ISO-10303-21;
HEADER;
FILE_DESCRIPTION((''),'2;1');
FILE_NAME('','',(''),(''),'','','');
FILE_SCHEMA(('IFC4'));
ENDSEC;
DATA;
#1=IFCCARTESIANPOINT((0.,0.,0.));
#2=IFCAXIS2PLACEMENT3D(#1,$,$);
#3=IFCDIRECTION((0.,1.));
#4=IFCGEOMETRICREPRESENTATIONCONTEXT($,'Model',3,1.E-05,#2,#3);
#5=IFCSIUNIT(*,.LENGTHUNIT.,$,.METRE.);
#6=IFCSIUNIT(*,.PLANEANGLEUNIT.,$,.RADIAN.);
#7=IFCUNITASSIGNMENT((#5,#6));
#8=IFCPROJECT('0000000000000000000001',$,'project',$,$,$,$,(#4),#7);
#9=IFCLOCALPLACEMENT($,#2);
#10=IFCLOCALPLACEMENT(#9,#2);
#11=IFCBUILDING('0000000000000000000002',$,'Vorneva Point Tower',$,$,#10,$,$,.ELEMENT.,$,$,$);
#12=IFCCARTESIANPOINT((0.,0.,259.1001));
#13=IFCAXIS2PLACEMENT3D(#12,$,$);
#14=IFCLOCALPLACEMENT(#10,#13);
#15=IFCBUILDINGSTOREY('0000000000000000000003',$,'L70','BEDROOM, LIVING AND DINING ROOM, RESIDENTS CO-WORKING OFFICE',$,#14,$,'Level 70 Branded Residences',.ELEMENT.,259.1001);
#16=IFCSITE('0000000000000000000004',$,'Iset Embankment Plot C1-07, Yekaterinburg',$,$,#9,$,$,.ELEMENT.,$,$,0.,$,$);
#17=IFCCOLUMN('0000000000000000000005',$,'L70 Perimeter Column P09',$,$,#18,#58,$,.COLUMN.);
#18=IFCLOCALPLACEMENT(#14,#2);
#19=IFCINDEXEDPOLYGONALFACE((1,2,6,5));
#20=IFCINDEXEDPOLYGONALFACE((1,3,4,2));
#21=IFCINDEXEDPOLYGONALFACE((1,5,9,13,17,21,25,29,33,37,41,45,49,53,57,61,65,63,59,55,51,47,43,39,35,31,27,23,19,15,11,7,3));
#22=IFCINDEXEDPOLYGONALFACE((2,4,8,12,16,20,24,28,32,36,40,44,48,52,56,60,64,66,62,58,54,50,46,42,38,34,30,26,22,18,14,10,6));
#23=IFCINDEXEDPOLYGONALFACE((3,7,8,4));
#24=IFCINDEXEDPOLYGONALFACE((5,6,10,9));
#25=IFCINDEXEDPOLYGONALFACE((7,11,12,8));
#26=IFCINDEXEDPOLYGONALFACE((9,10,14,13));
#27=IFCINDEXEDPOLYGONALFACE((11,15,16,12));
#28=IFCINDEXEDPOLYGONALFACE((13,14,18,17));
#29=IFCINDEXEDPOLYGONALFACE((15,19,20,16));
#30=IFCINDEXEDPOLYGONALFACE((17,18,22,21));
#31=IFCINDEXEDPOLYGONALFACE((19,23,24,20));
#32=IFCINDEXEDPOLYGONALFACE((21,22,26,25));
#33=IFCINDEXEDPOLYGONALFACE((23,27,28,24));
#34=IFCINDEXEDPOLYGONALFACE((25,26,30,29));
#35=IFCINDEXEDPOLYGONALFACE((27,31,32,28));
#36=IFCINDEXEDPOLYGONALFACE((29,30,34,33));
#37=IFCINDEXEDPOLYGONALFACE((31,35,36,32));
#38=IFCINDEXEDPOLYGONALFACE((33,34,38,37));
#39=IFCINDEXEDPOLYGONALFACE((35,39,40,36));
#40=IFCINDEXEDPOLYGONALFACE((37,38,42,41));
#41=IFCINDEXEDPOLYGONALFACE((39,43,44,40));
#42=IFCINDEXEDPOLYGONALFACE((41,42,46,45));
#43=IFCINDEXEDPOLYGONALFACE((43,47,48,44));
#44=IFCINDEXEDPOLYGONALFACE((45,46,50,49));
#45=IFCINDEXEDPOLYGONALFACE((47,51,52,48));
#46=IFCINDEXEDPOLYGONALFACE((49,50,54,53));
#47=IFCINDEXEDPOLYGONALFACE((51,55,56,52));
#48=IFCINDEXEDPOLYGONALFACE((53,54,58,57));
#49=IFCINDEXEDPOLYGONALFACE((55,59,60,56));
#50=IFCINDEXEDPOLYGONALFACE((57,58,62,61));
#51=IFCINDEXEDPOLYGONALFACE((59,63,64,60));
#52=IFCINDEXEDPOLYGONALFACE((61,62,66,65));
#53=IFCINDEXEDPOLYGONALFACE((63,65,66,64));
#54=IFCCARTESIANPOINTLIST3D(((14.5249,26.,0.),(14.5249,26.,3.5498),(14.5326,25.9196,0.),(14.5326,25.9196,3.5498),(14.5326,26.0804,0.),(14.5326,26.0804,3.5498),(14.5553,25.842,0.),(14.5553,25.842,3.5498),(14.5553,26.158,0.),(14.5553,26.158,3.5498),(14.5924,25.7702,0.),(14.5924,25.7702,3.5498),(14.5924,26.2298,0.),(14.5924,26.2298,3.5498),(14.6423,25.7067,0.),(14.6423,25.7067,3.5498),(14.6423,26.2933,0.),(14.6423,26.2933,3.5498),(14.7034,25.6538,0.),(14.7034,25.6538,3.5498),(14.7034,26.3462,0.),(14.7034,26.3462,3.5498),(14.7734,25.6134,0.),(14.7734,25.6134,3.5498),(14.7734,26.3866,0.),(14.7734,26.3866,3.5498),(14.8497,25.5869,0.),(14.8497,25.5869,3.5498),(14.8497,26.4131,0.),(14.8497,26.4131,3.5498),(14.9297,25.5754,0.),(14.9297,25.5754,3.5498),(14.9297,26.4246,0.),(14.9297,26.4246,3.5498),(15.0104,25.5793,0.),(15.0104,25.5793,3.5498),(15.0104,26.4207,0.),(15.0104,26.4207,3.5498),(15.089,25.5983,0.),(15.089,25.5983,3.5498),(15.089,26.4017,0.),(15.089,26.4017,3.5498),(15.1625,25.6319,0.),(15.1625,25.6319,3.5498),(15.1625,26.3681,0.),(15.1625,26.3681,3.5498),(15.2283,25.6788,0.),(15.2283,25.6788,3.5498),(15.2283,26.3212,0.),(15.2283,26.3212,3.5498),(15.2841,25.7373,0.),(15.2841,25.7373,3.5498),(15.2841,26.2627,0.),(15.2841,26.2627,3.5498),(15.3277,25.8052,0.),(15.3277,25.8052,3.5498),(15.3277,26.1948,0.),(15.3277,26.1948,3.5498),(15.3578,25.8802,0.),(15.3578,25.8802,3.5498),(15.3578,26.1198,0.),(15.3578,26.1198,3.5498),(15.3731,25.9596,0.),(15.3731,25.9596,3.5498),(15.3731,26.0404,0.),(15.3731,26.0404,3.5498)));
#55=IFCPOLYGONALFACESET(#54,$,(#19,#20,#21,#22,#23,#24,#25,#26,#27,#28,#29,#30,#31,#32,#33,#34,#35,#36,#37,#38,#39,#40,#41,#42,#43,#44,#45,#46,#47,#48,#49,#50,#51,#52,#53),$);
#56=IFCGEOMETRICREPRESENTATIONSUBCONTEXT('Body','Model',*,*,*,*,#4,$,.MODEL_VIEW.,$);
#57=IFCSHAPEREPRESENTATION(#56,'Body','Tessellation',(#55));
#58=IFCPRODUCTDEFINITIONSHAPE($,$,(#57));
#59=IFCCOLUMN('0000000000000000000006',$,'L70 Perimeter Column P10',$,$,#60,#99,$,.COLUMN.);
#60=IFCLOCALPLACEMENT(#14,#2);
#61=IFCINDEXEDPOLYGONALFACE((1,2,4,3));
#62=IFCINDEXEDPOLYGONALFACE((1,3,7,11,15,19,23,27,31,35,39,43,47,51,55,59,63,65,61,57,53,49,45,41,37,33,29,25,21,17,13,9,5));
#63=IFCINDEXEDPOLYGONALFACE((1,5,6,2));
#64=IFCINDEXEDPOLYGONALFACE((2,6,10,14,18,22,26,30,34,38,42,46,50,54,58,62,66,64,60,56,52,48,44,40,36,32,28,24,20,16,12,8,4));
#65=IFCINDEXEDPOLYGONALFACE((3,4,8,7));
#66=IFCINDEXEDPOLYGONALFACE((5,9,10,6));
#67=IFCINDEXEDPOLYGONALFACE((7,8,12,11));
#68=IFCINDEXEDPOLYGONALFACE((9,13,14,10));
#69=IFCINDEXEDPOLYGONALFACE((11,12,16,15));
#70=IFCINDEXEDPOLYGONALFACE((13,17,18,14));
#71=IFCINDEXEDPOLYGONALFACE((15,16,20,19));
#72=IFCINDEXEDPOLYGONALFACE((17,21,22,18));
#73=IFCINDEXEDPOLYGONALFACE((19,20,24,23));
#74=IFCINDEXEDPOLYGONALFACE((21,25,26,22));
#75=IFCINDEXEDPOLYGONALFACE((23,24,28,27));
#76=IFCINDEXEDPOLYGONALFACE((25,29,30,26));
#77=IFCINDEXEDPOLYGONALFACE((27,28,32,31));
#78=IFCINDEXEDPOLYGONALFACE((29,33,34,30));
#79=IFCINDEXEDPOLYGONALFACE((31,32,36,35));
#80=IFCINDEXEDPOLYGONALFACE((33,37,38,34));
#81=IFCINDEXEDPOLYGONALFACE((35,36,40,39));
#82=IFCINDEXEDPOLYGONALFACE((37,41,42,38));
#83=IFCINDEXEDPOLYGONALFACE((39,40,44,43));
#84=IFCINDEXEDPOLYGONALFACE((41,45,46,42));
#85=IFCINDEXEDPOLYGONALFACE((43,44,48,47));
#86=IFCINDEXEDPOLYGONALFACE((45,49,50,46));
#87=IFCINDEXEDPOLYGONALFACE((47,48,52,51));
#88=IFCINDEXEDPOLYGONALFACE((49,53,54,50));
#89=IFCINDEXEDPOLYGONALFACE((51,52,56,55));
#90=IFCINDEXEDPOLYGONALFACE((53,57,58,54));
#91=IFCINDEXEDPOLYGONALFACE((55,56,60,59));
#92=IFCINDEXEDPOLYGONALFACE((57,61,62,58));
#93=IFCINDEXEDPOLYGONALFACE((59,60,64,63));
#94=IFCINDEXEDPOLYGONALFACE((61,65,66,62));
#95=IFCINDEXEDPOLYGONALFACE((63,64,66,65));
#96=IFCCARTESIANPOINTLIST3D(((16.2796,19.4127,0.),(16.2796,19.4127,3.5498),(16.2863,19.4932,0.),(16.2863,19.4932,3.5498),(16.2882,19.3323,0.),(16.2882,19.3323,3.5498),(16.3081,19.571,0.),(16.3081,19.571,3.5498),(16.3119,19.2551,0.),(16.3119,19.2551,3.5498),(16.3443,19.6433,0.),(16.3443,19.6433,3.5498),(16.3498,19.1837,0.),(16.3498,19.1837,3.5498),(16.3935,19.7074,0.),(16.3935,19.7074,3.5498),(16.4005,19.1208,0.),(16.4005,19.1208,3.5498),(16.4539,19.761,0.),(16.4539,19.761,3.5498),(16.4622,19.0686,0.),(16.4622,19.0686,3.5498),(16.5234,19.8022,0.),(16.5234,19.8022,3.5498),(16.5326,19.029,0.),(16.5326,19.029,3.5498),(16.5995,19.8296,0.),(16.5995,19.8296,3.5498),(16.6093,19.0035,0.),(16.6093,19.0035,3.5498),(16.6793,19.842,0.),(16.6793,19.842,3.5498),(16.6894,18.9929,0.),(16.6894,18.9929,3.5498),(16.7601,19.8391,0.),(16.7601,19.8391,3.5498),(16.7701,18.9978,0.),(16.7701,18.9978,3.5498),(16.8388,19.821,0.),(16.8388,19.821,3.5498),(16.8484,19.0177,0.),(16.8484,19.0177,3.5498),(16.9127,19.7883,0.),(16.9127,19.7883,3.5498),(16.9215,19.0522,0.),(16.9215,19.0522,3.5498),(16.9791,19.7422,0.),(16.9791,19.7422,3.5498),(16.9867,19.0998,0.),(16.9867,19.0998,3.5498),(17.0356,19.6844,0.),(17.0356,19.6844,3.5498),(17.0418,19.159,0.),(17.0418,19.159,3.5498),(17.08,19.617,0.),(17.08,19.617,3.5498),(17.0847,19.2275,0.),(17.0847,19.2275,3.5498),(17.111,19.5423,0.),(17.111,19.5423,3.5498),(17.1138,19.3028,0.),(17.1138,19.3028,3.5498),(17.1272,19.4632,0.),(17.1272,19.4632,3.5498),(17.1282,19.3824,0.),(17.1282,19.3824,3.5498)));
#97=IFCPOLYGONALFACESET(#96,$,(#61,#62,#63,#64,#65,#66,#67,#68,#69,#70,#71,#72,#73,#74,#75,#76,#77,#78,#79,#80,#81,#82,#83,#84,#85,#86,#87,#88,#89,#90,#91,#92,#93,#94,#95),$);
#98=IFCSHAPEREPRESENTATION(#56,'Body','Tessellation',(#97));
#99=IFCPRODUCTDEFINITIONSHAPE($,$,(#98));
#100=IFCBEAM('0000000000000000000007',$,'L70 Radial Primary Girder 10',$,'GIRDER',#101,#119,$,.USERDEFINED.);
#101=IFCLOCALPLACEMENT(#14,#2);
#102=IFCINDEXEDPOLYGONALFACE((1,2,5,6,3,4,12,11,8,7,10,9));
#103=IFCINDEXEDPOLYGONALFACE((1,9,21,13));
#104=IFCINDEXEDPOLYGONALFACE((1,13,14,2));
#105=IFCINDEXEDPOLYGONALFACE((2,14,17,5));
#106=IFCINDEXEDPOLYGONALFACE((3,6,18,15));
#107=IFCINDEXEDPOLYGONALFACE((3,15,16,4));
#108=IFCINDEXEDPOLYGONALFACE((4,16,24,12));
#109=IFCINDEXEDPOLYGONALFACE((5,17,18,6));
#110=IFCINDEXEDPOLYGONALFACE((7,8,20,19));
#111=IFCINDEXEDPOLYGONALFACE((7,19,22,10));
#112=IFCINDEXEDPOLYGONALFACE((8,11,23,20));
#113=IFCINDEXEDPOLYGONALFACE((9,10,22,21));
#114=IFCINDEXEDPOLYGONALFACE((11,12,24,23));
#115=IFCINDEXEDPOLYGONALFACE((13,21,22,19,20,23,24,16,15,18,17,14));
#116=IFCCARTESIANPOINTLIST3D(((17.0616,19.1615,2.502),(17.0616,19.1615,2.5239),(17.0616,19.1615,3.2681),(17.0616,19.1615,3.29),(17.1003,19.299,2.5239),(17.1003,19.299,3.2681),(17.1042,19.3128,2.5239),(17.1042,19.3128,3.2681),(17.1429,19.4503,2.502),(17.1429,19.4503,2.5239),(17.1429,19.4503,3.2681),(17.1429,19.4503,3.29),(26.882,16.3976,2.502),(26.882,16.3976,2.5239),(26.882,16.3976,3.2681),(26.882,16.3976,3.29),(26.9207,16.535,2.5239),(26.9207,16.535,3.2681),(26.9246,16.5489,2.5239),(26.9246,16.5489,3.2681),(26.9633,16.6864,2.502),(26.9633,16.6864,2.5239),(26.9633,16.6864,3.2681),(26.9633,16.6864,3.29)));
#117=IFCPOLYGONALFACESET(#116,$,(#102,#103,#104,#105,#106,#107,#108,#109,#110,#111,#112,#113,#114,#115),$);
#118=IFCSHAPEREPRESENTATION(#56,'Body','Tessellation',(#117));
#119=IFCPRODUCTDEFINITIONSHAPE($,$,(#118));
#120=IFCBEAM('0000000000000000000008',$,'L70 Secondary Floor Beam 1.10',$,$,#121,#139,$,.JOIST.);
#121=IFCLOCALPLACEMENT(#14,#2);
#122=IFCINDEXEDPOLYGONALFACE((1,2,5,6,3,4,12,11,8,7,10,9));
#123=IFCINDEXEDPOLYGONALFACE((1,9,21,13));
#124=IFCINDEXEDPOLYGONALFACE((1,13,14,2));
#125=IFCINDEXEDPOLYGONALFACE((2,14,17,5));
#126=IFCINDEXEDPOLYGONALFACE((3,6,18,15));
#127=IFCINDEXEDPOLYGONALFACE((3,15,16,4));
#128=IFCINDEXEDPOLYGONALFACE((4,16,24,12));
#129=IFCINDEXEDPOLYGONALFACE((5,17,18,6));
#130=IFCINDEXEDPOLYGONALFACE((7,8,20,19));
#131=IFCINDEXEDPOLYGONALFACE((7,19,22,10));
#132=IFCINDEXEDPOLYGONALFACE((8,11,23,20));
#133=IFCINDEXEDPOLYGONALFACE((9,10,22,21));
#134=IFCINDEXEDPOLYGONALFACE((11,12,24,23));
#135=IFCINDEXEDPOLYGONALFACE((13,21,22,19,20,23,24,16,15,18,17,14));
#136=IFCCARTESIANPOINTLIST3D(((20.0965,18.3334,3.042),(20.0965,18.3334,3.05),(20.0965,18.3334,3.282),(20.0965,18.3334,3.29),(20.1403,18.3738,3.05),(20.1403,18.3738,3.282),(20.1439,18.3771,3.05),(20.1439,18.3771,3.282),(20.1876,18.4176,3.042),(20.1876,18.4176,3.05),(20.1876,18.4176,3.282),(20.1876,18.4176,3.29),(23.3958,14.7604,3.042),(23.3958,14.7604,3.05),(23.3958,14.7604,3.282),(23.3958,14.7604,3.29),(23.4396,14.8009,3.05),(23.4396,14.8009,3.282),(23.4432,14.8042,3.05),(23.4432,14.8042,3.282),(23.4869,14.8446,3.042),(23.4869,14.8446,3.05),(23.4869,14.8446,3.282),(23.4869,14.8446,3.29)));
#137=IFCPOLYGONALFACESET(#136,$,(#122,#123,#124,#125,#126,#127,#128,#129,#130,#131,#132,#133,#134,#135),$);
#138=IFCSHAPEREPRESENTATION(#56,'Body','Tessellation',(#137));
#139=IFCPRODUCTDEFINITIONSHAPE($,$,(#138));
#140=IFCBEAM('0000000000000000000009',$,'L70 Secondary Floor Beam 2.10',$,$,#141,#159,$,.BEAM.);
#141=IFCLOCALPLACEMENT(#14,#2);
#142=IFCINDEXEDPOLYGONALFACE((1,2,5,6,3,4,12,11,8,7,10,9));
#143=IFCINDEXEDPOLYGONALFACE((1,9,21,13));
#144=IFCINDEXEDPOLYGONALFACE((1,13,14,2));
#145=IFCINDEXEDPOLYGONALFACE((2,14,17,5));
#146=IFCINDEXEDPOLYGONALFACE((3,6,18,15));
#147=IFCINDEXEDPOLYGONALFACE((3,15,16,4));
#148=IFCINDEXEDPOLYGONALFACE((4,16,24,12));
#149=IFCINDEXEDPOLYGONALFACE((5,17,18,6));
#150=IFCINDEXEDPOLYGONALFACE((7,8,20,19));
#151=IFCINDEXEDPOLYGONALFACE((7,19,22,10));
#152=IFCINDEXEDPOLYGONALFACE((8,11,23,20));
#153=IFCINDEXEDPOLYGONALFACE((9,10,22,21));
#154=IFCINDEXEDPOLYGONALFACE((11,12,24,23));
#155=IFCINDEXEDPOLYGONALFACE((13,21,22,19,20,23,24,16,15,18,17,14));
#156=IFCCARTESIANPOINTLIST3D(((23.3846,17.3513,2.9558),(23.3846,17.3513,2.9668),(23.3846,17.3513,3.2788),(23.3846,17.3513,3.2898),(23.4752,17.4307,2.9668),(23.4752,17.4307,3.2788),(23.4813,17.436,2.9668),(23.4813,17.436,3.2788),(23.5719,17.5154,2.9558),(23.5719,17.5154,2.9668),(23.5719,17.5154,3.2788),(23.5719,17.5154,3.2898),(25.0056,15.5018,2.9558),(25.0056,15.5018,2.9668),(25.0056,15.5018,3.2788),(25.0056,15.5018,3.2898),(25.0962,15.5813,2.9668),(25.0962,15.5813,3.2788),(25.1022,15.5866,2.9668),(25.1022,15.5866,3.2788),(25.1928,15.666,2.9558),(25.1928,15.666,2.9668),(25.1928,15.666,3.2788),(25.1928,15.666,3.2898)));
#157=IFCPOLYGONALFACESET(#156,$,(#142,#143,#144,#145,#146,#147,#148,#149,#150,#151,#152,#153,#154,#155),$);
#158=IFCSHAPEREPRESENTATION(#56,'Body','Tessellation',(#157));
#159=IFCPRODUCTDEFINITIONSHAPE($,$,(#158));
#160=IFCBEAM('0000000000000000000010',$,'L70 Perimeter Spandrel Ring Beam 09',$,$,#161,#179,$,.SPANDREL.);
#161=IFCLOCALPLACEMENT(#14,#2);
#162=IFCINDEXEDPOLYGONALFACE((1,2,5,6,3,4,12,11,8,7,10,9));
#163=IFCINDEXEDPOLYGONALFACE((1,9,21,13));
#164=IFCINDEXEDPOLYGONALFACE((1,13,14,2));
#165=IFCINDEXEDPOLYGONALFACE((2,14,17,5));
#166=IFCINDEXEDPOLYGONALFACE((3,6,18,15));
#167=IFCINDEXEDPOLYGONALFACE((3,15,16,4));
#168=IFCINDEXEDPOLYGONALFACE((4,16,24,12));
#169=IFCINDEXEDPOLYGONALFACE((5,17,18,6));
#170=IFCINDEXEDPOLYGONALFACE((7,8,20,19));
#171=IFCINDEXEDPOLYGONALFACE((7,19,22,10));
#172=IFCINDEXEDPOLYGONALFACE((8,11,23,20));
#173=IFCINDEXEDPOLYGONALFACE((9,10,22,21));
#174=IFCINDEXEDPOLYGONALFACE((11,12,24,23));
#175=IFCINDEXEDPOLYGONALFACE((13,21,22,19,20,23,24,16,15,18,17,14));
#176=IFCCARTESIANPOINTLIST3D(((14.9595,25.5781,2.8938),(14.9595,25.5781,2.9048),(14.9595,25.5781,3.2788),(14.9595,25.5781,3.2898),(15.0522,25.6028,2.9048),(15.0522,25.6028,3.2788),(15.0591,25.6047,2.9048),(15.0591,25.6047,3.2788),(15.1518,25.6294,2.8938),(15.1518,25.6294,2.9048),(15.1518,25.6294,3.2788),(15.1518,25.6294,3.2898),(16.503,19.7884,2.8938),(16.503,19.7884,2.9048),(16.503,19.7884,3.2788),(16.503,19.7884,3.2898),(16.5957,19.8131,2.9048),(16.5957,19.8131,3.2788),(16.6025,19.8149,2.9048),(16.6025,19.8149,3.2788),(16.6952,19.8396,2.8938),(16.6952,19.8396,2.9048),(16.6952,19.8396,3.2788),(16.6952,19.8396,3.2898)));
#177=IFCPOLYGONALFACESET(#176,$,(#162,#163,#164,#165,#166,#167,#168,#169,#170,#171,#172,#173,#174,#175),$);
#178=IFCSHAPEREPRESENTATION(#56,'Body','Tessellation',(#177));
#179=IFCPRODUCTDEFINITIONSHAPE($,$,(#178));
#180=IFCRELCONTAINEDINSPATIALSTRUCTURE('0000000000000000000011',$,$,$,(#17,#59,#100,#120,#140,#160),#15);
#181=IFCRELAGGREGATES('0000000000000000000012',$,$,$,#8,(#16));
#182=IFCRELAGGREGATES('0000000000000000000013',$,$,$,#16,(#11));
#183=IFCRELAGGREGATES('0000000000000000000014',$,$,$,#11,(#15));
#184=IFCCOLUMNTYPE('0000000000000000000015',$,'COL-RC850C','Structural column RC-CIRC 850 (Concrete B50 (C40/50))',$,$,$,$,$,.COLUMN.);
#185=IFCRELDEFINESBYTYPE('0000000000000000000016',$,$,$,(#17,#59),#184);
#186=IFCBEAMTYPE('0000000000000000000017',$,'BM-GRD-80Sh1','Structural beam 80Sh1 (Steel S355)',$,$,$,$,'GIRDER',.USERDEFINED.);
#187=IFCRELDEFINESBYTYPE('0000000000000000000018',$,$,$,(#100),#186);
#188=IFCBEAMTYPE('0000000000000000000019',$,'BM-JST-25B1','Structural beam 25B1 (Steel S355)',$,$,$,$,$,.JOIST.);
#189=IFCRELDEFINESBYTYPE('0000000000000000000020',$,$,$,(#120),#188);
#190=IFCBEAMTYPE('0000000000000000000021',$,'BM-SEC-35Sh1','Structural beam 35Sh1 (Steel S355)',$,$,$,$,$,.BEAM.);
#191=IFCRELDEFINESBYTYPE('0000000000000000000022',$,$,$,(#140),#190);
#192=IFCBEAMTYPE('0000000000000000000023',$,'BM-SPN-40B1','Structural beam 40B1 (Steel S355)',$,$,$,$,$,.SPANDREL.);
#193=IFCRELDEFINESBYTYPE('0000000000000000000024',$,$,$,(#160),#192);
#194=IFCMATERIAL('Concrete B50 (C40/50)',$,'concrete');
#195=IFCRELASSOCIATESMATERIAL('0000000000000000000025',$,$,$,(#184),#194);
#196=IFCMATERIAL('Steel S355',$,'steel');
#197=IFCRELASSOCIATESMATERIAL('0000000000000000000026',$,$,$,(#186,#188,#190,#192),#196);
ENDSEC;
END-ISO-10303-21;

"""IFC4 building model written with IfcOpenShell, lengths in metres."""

from ifc_helpers import new_model, si_unit, direction, frame, origin, origin_2d, place, context, subcontext, project, spatial, circle, i_section, extrude, material, material_profile, profile_set, type_object, element, save


model = new_model("IFC4")

# Units and contexts
model_context = context("Model", 3, precision=1e-05, world=origin(), true_north=direction((0.0, 1.0)))
body_context = subcontext(model_context, "Body", "Model", "MODEL_VIEW")
ifc_project = project(units=[si_unit("LENGTHUNIT", "METRE"), si_unit("PLANEANGLEUNIT", "RADIAN")], contexts=[model_context])

# Site, building, storey
site_placement = place(None, origin())
site = spatial("IfcSite", under=ifc_project, at=site_placement, Name="Iset Embankment Plot C1-07, Yekaterinburg", CompositionType="ELEMENT", RefElevation=0.0)
building_placement = place(site_placement, origin())
building = spatial("IfcBuilding", under=site, at=building_placement, Name="Vorneva Point Tower", CompositionType="ELEMENT")
storey_placement = place(building_placement, frame((0.0, 0.0, 259.1001)))
storey = spatial("IfcBuildingStorey", under=building, at=storey_placement, Name="L70", Description="BEDROOM, LIVING AND DINING ROOM, RESIDENTS CO-WORKING OFFICE", LongName="Level 70 Branded Residences", CompositionType="ELEMENT", Elevation=259.1001)

# Columns
ifc_material_1 = material(Name="Concrete B50 (C40/50)", Category="concrete")
ifc_material_profile_1 = material_profile(ifc_material_1, circle(Radius=0.425, at=origin_2d()), Name="RC-CIRC 850")
ifc_profile_set_1 = profile_set([ifc_material_profile_1], Name="Concrete B50 (C40/50)")
column_type = type_object("IfcColumnType", Name="COL-RC850C", Description="Structural column RC-CIRC 850 (Concrete B50 (C40/50))", PredefinedType="COLUMN", material=ifc_profile_set_1)
for number, where, z_axis, x_axis, name in (
    (1, (14.95, 26.0, 0.0), (0.0, 0.0, 1.0), (-1.0, 0.0, 0.0), "L70 Perimeter Column P09"),
    (2, (16.7046, 19.4177, 0.0), (0.0, 0.0, 1.0), (-0.92388, -0.382683, 0.0), "L70 Perimeter Column P10"),
):
    element("IfcColumn", number, at=place(storey_placement, frame(where, z_axis=z_axis, x_axis=x_axis)), inside=storey, type_object=column_type, Name=name, PredefinedType="COLUMN", context=body_context, shape_type="SweptSolid", body=[
        extrude(circle(Radius=0.425, at=origin_2d()), origin(), (0.0, 0.0, 1.0), 3.5498),
    ])

# Beams
ifc_material_2 = material(Name="Steel S355", Category="steel")
ifc_material_profile_2 = material_profile(ifc_material_2, i_section(OverallWidth=0.3, OverallDepth=0.7881, WebThickness=0.0144, FlangeThickness=0.022, at=origin_2d()), Name="80Sh1")
ifc_profile_set_2 = profile_set([ifc_material_profile_2], Name="Steel S355")
beam_type_1 = type_object("IfcBeamType", Name="BM-GRD-80Sh1", Description="Structural beam 80Sh1 (Steel S355)", ElementType="GIRDER", PredefinedType="USERDEFINED", material=ifc_profile_set_2)
beam_1_placement = place(storey_placement, frame((17.1023, 19.3059, 2.896), z_axis=(0.962601, -0.270923, 0.0), x_axis=(0.270923, 0.962601, 0.0)))
element("IfcBeam", 3, at=beam_1_placement, inside=storey, type_object=beam_type_1, Name="L70 Radial Primary Girder 10", ObjectType="GIRDER", PredefinedType="USERDEFINED", context=body_context, shape_type="SweptSolid", body=[
    extrude(i_section(OverallWidth=0.3, OverallDepth=0.7881, WebThickness=0.0144, FlangeThickness=0.022, at=origin_2d()), origin(), (0.0, 0.0, 1.0), 10.2019),
])
ifc_material_profile_3 = material_profile(ifc_material_2, i_section(OverallWidth=0.124, OverallDepth=0.248, WebThickness=0.0049, FlangeThickness=0.0081, at=origin_2d()), Name="25B1")
ifc_profile_set_3 = profile_set([ifc_material_profile_3], Name="Steel S355")
beam_type_2 = type_object("IfcBeamType", Name="BM-JST-25B1", Description="Structural beam 25B1 (Steel S355)", PredefinedType="JOIST", material=ifc_profile_set_3)
beam_2_placement = place(storey_placement, frame((20.1421, 18.3755, 3.166), z_axis=(0.678409, -0.734684, 0.0), x_axis=(0.734684, 0.678409, 0.0)))
element("IfcBeam", 4, at=beam_2_placement, inside=storey, type_object=beam_type_2, Name="L70 Secondary Floor Beam 1.10", PredefinedType="JOIST", context=body_context, shape_type="SweptSolid", body=[
    extrude(i_section(OverallWidth=0.124, OverallDepth=0.248, WebThickness=0.0049, FlangeThickness=0.0081, at=origin_2d()), origin(), (0.0, 0.0, 1.0), 4.8633),
])
ifc_material_profile_4 = material_profile(ifc_material_2, i_section(OverallWidth=0.249, OverallDepth=0.334, WebThickness=0.0081, FlangeThickness=0.011, at=origin_2d()), Name="35Sh1")
ifc_profile_set_4 = profile_set([ifc_material_profile_4], Name="Steel S355")
beam_type_3 = type_object("IfcBeamType", Name="BM-SEC-35Sh1", Description="Structural beam 35Sh1 (Steel S355)", PredefinedType="BEAM", material=ifc_profile_set_4)
beam_3_placement = place(storey_placement, frame((23.4783, 17.4333, 3.1228), z_axis=(0.659116, -0.752041, 0.0), x_axis=(0.752041, 0.659116, 0.0)))
element("IfcBeam", 5, at=beam_3_placement, inside=storey, type_object=beam_type_3, Name="L70 Secondary Floor Beam 2.10", PredefinedType="BEAM", context=body_context, shape_type="SweptSolid", body=[
    extrude(i_section(OverallWidth=0.249, OverallDepth=0.334, WebThickness=0.0081, FlangeThickness=0.011, at=origin_2d()), origin(), (0.0, 0.0, 1.0), 2.4592),
])
ifc_material_profile_5 = material_profile(ifc_material_2, i_section(OverallWidth=0.199, OverallDepth=0.396, WebThickness=0.0071, FlangeThickness=0.011, at=origin_2d()), Name="40B1")
ifc_profile_set_5 = profile_set([ifc_material_profile_5], Name="Steel S355")
beam_type_4 = type_object("IfcBeamType", Name="BM-SPN-40B1", Description="Structural beam 40B1 (Steel S355)", PredefinedType="SPANDREL", material=ifc_profile_set_5)
beam_4_placement = place(storey_placement, frame((15.0557, 25.6038, 3.0918), z_axis=(0.257587, -0.966255, 0.0), x_axis=(0.966255, 0.257587, 0.0)))
element("IfcBeam", 6, at=beam_4_placement, inside=storey, type_object=beam_type_4, Name="L70 Perimeter Spandrel Ring Beam 09", PredefinedType="SPANDREL", context=body_context, shape_type="SweptSolid", body=[
    extrude(i_section(OverallWidth=0.199, OverallDepth=0.396, WebThickness=0.0071, FlangeThickness=0.011, at=origin_2d()), origin(), (0.0, 0.0, 1.0), 5.9919),
])

save(model, "model.ifc")
